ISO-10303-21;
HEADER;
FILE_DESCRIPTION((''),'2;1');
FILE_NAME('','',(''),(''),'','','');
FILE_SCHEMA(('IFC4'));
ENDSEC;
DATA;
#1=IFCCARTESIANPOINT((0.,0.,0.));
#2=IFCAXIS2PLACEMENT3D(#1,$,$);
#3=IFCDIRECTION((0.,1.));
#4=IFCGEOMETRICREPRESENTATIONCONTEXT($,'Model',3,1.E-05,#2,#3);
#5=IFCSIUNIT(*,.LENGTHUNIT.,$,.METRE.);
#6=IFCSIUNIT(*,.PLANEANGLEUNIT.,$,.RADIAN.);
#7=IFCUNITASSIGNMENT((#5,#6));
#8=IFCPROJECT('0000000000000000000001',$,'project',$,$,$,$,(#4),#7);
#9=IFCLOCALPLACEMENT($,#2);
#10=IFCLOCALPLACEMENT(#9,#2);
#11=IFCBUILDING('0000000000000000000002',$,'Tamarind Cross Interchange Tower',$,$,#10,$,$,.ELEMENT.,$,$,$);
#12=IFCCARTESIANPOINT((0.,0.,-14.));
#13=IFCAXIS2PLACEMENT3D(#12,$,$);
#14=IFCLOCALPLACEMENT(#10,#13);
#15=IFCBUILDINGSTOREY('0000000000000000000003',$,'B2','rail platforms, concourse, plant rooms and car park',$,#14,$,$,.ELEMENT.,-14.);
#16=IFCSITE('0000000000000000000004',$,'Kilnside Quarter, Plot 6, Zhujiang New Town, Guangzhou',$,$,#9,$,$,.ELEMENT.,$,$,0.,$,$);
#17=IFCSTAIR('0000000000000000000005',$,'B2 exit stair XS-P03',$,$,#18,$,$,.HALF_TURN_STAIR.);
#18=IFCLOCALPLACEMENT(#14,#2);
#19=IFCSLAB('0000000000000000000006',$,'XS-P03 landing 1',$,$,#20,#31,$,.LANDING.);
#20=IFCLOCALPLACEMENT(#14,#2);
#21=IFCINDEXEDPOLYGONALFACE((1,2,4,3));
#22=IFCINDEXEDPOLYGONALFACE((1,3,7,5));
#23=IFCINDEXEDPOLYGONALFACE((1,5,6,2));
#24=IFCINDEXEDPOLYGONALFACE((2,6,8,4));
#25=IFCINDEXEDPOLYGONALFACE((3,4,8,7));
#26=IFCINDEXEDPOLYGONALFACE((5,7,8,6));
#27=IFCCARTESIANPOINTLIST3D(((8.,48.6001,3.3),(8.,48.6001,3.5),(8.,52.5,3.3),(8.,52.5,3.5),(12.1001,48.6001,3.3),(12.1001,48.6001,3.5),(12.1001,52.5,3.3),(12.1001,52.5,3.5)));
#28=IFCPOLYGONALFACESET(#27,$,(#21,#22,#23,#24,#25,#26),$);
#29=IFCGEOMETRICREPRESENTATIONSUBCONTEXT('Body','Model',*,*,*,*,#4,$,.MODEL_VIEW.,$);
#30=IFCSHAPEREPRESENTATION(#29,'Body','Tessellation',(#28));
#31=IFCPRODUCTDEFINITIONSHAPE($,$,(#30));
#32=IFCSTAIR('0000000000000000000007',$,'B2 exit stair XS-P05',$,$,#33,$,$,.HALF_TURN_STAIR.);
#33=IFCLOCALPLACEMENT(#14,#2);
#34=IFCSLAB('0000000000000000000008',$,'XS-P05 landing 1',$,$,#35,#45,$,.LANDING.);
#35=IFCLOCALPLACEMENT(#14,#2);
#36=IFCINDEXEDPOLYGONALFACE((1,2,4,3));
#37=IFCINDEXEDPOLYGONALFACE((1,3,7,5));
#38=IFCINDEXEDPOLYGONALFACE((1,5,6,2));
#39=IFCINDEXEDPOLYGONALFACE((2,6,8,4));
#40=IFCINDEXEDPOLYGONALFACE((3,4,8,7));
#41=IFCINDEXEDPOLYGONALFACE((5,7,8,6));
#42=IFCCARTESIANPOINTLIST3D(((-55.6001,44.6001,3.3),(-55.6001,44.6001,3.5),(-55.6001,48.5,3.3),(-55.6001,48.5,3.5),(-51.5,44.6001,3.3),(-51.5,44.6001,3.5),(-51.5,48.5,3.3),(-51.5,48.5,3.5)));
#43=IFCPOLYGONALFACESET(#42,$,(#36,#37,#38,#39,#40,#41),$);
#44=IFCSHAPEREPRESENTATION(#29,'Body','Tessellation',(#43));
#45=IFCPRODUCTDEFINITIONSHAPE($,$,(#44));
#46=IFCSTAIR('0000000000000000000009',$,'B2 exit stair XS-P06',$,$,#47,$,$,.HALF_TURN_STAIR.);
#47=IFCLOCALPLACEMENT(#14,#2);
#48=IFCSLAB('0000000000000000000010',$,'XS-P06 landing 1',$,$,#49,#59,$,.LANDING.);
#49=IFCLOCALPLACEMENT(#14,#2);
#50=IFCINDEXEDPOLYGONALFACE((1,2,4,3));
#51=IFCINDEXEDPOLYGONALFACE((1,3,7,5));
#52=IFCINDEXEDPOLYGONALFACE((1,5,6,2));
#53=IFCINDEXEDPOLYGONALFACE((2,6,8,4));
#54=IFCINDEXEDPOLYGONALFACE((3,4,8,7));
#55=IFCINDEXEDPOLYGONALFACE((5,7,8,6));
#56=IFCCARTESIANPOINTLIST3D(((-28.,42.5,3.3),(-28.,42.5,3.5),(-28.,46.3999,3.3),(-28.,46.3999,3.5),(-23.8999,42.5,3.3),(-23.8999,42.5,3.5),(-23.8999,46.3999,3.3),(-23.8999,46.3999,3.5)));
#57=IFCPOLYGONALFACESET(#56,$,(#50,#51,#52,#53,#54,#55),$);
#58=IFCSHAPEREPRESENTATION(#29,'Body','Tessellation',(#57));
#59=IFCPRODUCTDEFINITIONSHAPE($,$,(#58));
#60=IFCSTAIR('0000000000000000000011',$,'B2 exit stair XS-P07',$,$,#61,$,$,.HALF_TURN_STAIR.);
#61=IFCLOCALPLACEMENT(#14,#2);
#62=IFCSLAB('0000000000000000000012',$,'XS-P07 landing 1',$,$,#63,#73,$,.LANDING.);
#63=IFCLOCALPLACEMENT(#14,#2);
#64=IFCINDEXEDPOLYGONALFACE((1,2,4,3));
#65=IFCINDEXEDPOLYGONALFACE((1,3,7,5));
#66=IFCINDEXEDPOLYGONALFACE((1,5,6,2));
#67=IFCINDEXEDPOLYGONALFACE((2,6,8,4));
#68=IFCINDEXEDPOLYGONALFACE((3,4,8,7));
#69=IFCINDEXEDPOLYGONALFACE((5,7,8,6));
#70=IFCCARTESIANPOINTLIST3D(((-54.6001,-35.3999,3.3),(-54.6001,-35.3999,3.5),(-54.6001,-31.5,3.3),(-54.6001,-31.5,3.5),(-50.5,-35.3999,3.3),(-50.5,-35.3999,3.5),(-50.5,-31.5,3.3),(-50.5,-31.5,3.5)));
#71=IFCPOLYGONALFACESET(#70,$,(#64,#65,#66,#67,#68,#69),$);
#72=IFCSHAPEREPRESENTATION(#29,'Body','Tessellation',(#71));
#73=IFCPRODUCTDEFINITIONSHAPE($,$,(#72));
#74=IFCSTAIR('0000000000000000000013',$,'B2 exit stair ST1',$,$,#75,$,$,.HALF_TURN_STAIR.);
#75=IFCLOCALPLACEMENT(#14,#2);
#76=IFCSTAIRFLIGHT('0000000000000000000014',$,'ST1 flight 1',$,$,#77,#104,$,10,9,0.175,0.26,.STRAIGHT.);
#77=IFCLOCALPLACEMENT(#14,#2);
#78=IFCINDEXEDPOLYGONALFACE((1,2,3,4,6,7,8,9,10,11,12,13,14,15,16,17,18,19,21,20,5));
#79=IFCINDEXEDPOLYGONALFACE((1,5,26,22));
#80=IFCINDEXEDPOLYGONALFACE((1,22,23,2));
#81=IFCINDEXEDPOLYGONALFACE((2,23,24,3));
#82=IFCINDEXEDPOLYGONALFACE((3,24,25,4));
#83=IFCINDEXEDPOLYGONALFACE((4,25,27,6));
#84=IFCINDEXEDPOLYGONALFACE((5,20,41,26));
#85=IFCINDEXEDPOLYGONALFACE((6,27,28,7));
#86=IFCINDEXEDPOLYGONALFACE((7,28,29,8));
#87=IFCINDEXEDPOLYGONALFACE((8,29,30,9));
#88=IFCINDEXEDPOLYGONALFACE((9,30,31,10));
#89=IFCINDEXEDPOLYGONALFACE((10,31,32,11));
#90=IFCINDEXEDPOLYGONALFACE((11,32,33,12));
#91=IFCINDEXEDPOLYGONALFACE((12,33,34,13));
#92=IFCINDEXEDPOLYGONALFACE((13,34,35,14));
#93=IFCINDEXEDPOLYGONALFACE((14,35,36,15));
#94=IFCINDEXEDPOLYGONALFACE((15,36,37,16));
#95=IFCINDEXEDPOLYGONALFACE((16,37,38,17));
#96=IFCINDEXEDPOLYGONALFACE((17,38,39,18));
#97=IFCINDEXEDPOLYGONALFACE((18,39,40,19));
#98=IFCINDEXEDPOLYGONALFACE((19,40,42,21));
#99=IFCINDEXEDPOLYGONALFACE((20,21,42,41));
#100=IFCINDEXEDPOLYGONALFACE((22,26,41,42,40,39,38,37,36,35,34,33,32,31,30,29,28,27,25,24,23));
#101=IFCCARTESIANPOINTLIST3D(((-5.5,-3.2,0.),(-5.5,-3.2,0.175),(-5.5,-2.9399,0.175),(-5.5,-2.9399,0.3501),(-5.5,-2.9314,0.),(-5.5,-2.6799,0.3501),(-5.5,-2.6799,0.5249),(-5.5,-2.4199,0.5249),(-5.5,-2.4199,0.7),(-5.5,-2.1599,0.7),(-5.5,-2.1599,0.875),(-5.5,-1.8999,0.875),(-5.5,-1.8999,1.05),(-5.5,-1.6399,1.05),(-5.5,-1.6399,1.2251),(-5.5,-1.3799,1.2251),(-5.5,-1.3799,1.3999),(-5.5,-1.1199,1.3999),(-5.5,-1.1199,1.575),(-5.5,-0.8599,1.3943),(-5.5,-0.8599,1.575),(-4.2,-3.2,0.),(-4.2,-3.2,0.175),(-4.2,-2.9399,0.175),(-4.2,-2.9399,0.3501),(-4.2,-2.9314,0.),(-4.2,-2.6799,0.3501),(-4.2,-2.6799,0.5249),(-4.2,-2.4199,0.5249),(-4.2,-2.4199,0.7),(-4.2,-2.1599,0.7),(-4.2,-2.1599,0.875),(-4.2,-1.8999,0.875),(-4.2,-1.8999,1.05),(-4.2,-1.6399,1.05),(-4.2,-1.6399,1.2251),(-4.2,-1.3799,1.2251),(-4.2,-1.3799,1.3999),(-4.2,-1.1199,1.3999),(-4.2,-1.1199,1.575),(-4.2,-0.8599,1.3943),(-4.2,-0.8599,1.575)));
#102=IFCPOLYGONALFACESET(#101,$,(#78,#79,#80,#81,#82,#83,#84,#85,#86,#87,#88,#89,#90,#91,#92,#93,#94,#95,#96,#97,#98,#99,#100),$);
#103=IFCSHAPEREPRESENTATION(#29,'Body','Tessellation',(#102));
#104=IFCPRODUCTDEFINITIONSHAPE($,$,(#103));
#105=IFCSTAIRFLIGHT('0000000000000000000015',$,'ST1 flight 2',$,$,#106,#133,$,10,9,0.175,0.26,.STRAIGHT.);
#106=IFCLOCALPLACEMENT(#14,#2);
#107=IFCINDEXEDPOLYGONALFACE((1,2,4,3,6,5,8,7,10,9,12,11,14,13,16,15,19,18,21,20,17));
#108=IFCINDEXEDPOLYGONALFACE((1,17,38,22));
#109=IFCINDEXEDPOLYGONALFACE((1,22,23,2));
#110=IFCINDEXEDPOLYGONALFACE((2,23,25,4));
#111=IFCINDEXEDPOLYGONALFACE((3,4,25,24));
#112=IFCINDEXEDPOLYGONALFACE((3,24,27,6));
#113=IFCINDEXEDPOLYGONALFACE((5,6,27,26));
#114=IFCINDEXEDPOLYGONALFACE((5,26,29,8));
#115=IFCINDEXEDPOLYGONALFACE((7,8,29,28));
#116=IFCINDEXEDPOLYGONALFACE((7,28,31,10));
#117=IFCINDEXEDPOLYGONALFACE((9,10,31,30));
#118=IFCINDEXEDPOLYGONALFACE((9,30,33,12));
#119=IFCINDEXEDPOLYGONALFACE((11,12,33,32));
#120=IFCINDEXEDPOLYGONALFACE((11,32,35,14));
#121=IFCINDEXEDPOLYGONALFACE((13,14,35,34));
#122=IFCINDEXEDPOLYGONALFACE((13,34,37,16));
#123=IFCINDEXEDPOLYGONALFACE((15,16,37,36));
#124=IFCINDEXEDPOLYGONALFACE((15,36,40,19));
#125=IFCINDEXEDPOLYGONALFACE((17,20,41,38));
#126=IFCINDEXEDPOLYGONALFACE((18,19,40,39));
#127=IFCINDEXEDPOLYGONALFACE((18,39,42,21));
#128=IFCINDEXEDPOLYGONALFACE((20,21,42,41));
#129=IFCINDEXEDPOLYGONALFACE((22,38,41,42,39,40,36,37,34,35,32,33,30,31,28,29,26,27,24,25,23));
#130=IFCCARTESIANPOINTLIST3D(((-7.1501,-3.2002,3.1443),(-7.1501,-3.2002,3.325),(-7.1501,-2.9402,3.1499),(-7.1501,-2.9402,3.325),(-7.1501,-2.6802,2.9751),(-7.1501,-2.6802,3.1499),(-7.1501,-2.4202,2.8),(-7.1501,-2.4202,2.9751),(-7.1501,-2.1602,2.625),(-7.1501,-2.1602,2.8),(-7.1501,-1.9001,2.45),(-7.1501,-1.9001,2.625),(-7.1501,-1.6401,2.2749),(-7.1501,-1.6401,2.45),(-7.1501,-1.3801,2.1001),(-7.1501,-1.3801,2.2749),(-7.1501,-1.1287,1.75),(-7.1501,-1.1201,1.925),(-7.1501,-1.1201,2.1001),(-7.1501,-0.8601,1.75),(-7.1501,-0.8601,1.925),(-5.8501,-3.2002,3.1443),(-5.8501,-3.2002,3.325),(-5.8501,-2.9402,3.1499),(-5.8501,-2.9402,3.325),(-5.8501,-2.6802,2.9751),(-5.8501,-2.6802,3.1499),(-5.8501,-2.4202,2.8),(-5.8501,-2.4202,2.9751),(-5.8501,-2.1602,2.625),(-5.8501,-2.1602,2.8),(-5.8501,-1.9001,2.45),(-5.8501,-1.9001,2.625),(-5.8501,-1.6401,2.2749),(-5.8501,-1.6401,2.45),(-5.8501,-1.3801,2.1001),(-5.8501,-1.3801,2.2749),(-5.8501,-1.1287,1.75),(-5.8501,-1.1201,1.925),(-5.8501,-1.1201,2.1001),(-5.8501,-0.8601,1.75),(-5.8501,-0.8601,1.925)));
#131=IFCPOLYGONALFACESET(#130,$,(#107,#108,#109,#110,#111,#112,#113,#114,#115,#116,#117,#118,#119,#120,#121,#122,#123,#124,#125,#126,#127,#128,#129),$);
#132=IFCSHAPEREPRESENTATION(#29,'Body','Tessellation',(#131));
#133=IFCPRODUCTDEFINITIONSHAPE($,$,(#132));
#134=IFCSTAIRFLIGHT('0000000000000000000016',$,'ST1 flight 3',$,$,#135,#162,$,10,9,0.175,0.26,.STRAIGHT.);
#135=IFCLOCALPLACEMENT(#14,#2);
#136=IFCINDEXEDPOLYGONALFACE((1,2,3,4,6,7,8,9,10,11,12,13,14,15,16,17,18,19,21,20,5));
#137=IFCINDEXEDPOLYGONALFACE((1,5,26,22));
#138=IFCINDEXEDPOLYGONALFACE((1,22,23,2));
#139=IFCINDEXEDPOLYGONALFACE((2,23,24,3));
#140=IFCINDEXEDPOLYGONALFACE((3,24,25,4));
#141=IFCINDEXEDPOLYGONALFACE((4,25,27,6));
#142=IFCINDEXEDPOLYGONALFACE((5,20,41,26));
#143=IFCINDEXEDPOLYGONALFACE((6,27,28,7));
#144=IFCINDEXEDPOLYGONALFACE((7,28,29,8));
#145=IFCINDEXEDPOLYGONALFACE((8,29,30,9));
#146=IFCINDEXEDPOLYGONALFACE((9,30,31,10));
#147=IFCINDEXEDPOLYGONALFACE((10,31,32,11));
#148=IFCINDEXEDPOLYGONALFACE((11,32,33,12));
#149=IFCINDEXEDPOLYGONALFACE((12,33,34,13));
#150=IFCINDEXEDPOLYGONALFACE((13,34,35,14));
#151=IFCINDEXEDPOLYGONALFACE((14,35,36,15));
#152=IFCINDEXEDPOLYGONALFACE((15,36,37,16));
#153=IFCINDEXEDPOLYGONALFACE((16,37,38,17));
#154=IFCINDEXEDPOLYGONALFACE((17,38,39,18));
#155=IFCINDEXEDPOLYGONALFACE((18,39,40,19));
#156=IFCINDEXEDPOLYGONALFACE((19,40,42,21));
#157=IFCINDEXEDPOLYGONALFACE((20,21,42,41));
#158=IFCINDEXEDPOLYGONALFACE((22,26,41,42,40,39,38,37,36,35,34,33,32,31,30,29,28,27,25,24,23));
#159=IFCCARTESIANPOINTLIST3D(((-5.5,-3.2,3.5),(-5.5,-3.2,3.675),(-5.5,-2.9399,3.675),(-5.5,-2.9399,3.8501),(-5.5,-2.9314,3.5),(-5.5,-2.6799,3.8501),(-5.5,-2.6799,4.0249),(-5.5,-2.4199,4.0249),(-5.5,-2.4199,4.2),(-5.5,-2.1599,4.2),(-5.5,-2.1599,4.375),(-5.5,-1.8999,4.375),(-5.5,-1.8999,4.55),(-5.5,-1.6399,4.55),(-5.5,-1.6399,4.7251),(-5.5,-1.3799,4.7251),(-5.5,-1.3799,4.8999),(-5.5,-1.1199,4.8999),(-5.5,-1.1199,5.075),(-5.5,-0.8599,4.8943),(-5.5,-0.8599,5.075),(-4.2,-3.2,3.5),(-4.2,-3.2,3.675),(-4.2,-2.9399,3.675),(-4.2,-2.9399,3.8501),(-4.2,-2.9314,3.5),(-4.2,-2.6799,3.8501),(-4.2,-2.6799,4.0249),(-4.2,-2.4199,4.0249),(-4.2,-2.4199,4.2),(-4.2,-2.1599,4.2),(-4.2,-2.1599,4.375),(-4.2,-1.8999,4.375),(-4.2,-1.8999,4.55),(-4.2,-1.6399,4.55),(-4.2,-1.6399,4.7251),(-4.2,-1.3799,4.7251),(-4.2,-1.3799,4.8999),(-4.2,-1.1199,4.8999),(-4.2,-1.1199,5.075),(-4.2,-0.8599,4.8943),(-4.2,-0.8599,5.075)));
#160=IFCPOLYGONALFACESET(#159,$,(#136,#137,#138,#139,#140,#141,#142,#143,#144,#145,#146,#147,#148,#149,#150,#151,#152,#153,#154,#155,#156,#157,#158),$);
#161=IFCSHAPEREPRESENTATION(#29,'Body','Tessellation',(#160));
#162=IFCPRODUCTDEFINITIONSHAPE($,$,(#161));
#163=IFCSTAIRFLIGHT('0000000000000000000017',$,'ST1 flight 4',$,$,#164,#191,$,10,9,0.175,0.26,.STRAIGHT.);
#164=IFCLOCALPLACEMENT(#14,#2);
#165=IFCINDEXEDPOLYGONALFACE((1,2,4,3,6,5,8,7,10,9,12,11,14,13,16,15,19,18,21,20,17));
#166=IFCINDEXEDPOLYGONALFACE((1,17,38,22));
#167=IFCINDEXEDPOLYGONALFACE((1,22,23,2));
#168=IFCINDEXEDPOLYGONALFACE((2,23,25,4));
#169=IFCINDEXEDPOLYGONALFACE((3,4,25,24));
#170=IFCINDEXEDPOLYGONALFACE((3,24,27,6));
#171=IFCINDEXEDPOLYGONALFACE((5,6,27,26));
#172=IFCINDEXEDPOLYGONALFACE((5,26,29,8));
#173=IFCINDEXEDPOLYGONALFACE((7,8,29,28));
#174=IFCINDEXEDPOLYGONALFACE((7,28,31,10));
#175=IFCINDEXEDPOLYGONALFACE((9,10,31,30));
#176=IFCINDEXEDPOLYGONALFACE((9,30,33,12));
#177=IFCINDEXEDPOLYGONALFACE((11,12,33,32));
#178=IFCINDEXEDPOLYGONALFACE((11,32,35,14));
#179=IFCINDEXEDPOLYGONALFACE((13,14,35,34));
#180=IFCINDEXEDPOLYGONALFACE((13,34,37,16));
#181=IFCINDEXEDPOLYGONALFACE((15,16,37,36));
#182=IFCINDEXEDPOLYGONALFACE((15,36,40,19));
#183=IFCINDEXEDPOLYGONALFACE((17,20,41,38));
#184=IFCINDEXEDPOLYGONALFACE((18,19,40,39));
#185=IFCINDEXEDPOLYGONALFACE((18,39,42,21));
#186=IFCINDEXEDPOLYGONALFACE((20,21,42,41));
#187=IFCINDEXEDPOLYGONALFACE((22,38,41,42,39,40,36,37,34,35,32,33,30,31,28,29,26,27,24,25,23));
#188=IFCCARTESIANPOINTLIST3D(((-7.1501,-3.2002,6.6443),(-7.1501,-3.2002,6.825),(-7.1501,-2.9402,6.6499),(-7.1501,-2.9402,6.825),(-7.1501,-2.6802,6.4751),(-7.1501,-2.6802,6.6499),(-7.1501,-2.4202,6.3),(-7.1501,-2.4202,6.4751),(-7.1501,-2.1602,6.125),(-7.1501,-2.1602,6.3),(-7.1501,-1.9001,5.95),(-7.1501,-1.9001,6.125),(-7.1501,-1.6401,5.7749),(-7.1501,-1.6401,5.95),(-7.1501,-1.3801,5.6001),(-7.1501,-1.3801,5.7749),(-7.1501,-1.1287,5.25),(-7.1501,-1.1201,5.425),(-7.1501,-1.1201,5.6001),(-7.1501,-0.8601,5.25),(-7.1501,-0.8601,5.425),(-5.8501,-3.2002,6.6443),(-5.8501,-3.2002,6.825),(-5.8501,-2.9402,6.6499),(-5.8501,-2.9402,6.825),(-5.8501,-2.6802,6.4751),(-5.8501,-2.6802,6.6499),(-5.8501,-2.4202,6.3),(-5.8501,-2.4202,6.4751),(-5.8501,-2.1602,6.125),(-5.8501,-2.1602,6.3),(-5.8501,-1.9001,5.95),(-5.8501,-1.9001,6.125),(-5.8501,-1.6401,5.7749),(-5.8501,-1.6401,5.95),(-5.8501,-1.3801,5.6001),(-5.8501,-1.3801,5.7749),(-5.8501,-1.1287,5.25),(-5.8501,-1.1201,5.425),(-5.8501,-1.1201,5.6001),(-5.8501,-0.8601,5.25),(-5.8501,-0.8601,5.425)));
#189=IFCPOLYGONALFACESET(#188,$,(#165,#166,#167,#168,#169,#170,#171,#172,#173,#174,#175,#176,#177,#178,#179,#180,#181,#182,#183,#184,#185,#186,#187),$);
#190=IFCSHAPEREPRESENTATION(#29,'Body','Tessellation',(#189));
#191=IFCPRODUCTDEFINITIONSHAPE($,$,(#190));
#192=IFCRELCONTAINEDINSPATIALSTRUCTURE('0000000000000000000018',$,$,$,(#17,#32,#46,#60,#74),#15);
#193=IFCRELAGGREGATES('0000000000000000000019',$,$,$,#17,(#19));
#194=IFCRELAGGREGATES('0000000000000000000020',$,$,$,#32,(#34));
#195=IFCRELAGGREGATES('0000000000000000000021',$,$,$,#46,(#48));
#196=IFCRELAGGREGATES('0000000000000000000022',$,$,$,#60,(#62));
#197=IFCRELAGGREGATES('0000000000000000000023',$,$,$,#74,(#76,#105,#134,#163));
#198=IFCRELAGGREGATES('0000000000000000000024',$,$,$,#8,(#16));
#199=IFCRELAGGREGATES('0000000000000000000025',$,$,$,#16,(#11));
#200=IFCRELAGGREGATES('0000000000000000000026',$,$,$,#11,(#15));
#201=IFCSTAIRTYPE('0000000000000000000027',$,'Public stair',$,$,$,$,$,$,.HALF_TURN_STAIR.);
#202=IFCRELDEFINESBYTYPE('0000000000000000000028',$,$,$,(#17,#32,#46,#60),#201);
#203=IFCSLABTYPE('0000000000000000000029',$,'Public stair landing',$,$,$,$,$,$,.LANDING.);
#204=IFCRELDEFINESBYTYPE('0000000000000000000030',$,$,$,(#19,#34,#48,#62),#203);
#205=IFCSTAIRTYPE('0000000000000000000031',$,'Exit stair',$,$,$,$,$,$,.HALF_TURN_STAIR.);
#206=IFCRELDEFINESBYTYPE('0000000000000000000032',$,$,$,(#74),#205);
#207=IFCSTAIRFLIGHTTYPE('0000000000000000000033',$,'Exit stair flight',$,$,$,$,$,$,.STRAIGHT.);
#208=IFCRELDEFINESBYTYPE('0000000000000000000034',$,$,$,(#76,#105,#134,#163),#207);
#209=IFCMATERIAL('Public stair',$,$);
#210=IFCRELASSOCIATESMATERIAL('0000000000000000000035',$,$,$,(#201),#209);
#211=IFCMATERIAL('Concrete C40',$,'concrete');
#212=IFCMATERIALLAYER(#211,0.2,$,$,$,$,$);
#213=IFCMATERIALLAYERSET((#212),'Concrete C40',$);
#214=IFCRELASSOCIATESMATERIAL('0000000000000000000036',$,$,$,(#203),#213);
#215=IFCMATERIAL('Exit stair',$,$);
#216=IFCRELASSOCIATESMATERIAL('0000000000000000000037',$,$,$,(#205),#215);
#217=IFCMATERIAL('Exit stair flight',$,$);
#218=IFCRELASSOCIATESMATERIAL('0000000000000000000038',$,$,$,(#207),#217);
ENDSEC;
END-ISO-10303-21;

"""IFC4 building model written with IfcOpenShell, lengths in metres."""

from ifc_helpers import new_model, si_unit, direction, frame, origin, place, context, subcontext, project, spatial, polyline, outline, extrude, material, layer, layer_set, type_object, element, aggregate, save


model = new_model("IFC4")

# Units and contexts
model_context = context("Model", 3, precision=1e-05, world=origin(), true_north=direction((0.0, 1.0)))
body_context = subcontext(model_context, "Body", "Model", "MODEL_VIEW")
ifc_project = project(units=[si_unit("LENGTHUNIT", "METRE"), si_unit("PLANEANGLEUNIT", "RADIAN")], contexts=[model_context])

# Site, building, storey
site_placement = place(None, origin())
site = spatial("IfcSite", under=ifc_project, at=site_placement, Name="Kilnside Quarter, Plot 6, Zhujiang New Town, Guangzhou", CompositionType="ELEMENT", RefElevation=0.0)
building_placement = place(site_placement, origin())
building = spatial("IfcBuilding", under=site, at=building_placement, Name="Tamarind Cross Interchange Tower", CompositionType="ELEMENT")
storey_placement = place(building_placement, frame((0.0, 0.0, -14.0)))
storey = spatial("IfcBuildingStorey", under=building, at=storey_placement, Name="B2", Description="rail platforms, concourse, plant rooms and car park", CompositionType="ELEMENT", Elevation=-14.0)

# Shared definitions
ifc_material_1 = material(Name="Concrete C40", Category="concrete")

# Stairs, slabs
ifc_material_2 = material(Name="Public stair")
stair_type_1 = type_object("IfcStairType", Name="Public stair", PredefinedType="HALF_TURN_STAIR", material=ifc_material_2)
ifc_layer_1 = layer(ifc_material_1, 0.2)
ifc_layer_set_1 = layer_set([ifc_layer_1], Name="Concrete C40")
slab_type_1 = type_object("IfcSlabType", Name="Public stair landing", PredefinedType="LANDING", material=ifc_layer_set_1)
stair_1_placement = place(storey_placement, origin())
stair_1 = element("IfcStair", 1, at=stair_1_placement, inside=storey, type_object=stair_type_1, Name="B2 exit stair XS-P03", PredefinedType="HALF_TURN_STAIR")
slab_1_placement = place(storey_placement, frame((0.0, 0.0, 3.3)))
slab_1 = element("IfcSlab", 2, at=slab_1_placement, type_object=slab_type_1, Name="XS-P03 landing 1", PredefinedType="LANDING", context=body_context, shape_type="SweptSolid", body=[
    extrude(outline(polyline([(12.1001, 52.5), (8.0, 52.5), (8.0, 48.6001), (12.1001, 48.6001), (12.1001, 52.5)])), origin(), (0.0, 0.0, 1.0), 0.2),
])
aggregate(stair_1, [slab_1])
stair_2_placement = place(storey_placement, origin())
stair_2 = element("IfcStair", 3, at=stair_2_placement, inside=storey, type_object=stair_type_1, Name="B2 exit stair XS-P05", PredefinedType="HALF_TURN_STAIR")
slab_2_placement = place(storey_placement, frame((0.0, 0.0, 3.3)))
slab_2 = element("IfcSlab", 4, at=slab_2_placement, type_object=slab_type_1, Name="XS-P05 landing 1", PredefinedType="LANDING", context=body_context, shape_type="SweptSolid", body=[
    extrude(outline(polyline([(-55.6001, 44.6001), (-51.5, 44.6001), (-51.5, 48.5), (-55.6001, 48.5), (-55.6001, 44.6001)])), origin(), (0.0, 0.0, 1.0), 0.2),
])
aggregate(stair_2, [slab_2])
stair_3_placement = place(storey_placement, origin())
stair_3 = element("IfcStair", 5, at=stair_3_placement, inside=storey, type_object=stair_type_1, Name="B2 exit stair XS-P06", PredefinedType="HALF_TURN_STAIR")
slab_3_placement = place(storey_placement, frame((0.0, 0.0, 3.3)))
slab_3 = element("IfcSlab", 6, at=slab_3_placement, type_object=slab_type_1, Name="XS-P06 landing 1", PredefinedType="LANDING", context=body_context, shape_type="SweptSolid", body=[
    extrude(outline(polyline([(-23.8999, 46.3999), (-28.0, 46.3999), (-28.0, 42.5), (-23.8999, 42.5), (-23.8999, 46.3999)])), origin(), (0.0, 0.0, 1.0), 0.2),
])
aggregate(stair_3, [slab_3])
stair_4_placement = place(storey_placement, origin())
stair_4 = element("IfcStair", 7, at=stair_4_placement, inside=storey, type_object=stair_type_1, Name="B2 exit stair XS-P07", PredefinedType="HALF_TURN_STAIR")
slab_4_placement = place(storey_placement, frame((0.0, 0.0, 3.3)))
slab_4 = element("IfcSlab", 8, at=slab_4_placement, type_object=slab_type_1, Name="XS-P07 landing 1", PredefinedType="LANDING", context=body_context, shape_type="SweptSolid", body=[
    extrude(outline(polyline([(-54.6001, -35.3999), (-50.5, -35.3999), (-50.5, -31.5), (-54.6001, -31.5), (-54.6001, -35.3999)])), origin(), (0.0, 0.0, 1.0), 0.2),
])
aggregate(stair_4, [slab_4])

# Stair, stair flights
ifc_material_3 = material(Name="Exit stair")
stair_type_2 = type_object("IfcStairType", Name="Exit stair", PredefinedType="HALF_TURN_STAIR", material=ifc_material_3)
stair_5_placement = place(storey_placement, origin())
stair_5 = element("IfcStair", 9, at=stair_5_placement, inside=storey, type_object=stair_type_2, Name="B2 exit stair ST1", PredefinedType="HALF_TURN_STAIR")
ifc_material_4 = material(Name="Exit stair flight")
stair_flight_type = type_object("IfcStairFlightType", Name="Exit stair flight", PredefinedType="STRAIGHT", material=ifc_material_4)
stair_flight_1_placement = place(storey_placement, frame((-4.8501, -3.2, 0.0), z_axis=(0.0, 0.0, 1.0), x_axis=(0.0, 1.0, 0.0)))
stair_flight_1 = element("IfcStairFlight", 10, at=stair_flight_1_placement, type_object=stair_flight_type, Name="ST1 flight 1", NumberOfRisers=10, NumberOfTreads=9, PredefinedType="STRAIGHT", RiserHeight=0.175, TreadLength=0.26, context=body_context, shape_type="SweptSolid", body=[
    extrude(outline(polyline([(0.0, 0.0), (0.0, 0.175), (0.26, 0.175), (0.26, 0.3501), (0.52, 0.3501), (0.52, 0.5249), (0.78, 0.5249), (0.78, 0.7), (1.04, 0.7), (1.04, 0.875), (1.3, 0.875), (1.3, 1.05), (1.5601, 1.05), (1.5601, 1.2251), (1.8201, 1.2251), (1.8201, 1.3999), (2.0801, 1.3999), (2.0801, 1.575), (2.3401, 1.575), (2.3401, 1.75), (2.3401, 1.3943), (0.2686, 0.0), (0.0, 0.0)])), frame((0.0, 0.6499, 0.0), z_axis=(0.0, -1.0, 0.0), x_axis=(1.0, 0.0, 0.0)), (0.0, 0.0, 1.0), 1.3),
])
stair_flight_2_placement = place(storey_placement, frame((-6.5, -0.8601, 1.75), z_axis=(0.0, 0.0, 1.0), x_axis=(0.0, -1.0, 0.0)))
stair_flight_2 = element("IfcStairFlight", 11, at=stair_flight_2_placement, type_object=stair_flight_type, Name="ST1 flight 2", NumberOfRisers=10, NumberOfTreads=9, PredefinedType="STRAIGHT", RiserHeight=0.175, TreadLength=0.26, context=body_context, shape_type="SweptSolid", body=[
    extrude(outline(polyline([(0.0, 0.0), (0.0, 0.175), (0.26, 0.175), (0.26, 0.3501), (0.52, 0.3501), (0.52, 0.5249), (0.78, 0.5249), (0.78, 0.7), (1.04, 0.7), (1.04, 0.875), (1.3, 0.875), (1.3, 1.05), (1.5601, 1.05), (1.5601, 1.2251), (1.8201, 1.2251), (1.8201, 1.3999), (2.0801, 1.3999), (2.0801, 1.575), (2.3401, 1.575), (2.3401, 1.75), (2.3401, 1.3943), (0.2686, 0.0), (0.0, 0.0)])), frame((0.0, 0.6499, 0.0), z_axis=(0.0, -1.0, 0.0), x_axis=(1.0, 0.0, 0.0)), (0.0, 0.0, 1.0), 1.3),
])
stair_flight_3_placement = place(storey_placement, frame((-4.8501, -3.2, 3.5), z_axis=(0.0, 0.0, 1.0), x_axis=(0.0, 1.0, 0.0)))
stair_flight_3 = element("IfcStairFlight", 12, at=stair_flight_3_placement, type_object=stair_flight_type, Name="ST1 flight 3", NumberOfRisers=10, NumberOfTreads=9, PredefinedType="STRAIGHT", RiserHeight=0.175, TreadLength=0.26, context=body_context, shape_type="SweptSolid", body=[
    extrude(outline(polyline([(0.0, 0.0), (0.0, 0.175), (0.26, 0.175), (0.26, 0.3501), (0.52, 0.3501), (0.52, 0.5249), (0.78, 0.5249), (0.78, 0.7), (1.04, 0.7), (1.04, 0.875), (1.3, 0.875), (1.3, 1.05), (1.5601, 1.05), (1.5601, 1.2251), (1.8201, 1.2251), (1.8201, 1.3999), (2.0801, 1.3999), (2.0801, 1.575), (2.3401, 1.575), (2.3401, 1.75), (2.3401, 1.3943), (0.2686, 0.0), (0.0, 0.0)])), frame((0.0, 0.6499, 0.0), z_axis=(0.0, -1.0, 0.0), x_axis=(1.0, 0.0, 0.0)), (0.0, 0.0, 1.0), 1.3),
])
stair_flight_4_placement = place(storey_placement, frame((-6.5, -0.8601, 5.25), z_axis=(0.0, 0.0, 1.0), x_axis=(0.0, -1.0, 0.0)))
stair_flight_4 = element("IfcStairFlight", 13, at=stair_flight_4_placement, type_object=stair_flight_type, Name="ST1 flight 4", NumberOfRisers=10, NumberOfTreads=9, PredefinedType="STRAIGHT", RiserHeight=0.175, TreadLength=0.26, context=body_context, shape_type="SweptSolid", body=[
    extrude(outline(polyline([(0.0, 0.0), (0.0, 0.175), (0.26, 0.175), (0.26, 0.3501), (0.52, 0.3501), (0.52, 0.5249), (0.78, 0.5249), (0.78, 0.7), (1.04, 0.7), (1.04, 0.875), (1.3, 0.875), (1.3, 1.05), (1.5601, 1.05), (1.5601, 1.2251), (1.8201, 1.2251), (1.8201, 1.3999), (2.0801, 1.3999), (2.0801, 1.575), (2.3401, 1.575), (2.3401, 1.75), (2.3401, 1.3943), (0.2686, 0.0), (0.0, 0.0)])), frame((0.0, 0.6499, 0.0), z_axis=(0.0, -1.0, 0.0), x_axis=(1.0, 0.0, 0.0)), (0.0, 0.0, 1.0), 1.3),
])
aggregate(stair_5, [stair_flight_1, stair_flight_2, stair_flight_3, stair_flight_4])

save(model, "model.ifc")
